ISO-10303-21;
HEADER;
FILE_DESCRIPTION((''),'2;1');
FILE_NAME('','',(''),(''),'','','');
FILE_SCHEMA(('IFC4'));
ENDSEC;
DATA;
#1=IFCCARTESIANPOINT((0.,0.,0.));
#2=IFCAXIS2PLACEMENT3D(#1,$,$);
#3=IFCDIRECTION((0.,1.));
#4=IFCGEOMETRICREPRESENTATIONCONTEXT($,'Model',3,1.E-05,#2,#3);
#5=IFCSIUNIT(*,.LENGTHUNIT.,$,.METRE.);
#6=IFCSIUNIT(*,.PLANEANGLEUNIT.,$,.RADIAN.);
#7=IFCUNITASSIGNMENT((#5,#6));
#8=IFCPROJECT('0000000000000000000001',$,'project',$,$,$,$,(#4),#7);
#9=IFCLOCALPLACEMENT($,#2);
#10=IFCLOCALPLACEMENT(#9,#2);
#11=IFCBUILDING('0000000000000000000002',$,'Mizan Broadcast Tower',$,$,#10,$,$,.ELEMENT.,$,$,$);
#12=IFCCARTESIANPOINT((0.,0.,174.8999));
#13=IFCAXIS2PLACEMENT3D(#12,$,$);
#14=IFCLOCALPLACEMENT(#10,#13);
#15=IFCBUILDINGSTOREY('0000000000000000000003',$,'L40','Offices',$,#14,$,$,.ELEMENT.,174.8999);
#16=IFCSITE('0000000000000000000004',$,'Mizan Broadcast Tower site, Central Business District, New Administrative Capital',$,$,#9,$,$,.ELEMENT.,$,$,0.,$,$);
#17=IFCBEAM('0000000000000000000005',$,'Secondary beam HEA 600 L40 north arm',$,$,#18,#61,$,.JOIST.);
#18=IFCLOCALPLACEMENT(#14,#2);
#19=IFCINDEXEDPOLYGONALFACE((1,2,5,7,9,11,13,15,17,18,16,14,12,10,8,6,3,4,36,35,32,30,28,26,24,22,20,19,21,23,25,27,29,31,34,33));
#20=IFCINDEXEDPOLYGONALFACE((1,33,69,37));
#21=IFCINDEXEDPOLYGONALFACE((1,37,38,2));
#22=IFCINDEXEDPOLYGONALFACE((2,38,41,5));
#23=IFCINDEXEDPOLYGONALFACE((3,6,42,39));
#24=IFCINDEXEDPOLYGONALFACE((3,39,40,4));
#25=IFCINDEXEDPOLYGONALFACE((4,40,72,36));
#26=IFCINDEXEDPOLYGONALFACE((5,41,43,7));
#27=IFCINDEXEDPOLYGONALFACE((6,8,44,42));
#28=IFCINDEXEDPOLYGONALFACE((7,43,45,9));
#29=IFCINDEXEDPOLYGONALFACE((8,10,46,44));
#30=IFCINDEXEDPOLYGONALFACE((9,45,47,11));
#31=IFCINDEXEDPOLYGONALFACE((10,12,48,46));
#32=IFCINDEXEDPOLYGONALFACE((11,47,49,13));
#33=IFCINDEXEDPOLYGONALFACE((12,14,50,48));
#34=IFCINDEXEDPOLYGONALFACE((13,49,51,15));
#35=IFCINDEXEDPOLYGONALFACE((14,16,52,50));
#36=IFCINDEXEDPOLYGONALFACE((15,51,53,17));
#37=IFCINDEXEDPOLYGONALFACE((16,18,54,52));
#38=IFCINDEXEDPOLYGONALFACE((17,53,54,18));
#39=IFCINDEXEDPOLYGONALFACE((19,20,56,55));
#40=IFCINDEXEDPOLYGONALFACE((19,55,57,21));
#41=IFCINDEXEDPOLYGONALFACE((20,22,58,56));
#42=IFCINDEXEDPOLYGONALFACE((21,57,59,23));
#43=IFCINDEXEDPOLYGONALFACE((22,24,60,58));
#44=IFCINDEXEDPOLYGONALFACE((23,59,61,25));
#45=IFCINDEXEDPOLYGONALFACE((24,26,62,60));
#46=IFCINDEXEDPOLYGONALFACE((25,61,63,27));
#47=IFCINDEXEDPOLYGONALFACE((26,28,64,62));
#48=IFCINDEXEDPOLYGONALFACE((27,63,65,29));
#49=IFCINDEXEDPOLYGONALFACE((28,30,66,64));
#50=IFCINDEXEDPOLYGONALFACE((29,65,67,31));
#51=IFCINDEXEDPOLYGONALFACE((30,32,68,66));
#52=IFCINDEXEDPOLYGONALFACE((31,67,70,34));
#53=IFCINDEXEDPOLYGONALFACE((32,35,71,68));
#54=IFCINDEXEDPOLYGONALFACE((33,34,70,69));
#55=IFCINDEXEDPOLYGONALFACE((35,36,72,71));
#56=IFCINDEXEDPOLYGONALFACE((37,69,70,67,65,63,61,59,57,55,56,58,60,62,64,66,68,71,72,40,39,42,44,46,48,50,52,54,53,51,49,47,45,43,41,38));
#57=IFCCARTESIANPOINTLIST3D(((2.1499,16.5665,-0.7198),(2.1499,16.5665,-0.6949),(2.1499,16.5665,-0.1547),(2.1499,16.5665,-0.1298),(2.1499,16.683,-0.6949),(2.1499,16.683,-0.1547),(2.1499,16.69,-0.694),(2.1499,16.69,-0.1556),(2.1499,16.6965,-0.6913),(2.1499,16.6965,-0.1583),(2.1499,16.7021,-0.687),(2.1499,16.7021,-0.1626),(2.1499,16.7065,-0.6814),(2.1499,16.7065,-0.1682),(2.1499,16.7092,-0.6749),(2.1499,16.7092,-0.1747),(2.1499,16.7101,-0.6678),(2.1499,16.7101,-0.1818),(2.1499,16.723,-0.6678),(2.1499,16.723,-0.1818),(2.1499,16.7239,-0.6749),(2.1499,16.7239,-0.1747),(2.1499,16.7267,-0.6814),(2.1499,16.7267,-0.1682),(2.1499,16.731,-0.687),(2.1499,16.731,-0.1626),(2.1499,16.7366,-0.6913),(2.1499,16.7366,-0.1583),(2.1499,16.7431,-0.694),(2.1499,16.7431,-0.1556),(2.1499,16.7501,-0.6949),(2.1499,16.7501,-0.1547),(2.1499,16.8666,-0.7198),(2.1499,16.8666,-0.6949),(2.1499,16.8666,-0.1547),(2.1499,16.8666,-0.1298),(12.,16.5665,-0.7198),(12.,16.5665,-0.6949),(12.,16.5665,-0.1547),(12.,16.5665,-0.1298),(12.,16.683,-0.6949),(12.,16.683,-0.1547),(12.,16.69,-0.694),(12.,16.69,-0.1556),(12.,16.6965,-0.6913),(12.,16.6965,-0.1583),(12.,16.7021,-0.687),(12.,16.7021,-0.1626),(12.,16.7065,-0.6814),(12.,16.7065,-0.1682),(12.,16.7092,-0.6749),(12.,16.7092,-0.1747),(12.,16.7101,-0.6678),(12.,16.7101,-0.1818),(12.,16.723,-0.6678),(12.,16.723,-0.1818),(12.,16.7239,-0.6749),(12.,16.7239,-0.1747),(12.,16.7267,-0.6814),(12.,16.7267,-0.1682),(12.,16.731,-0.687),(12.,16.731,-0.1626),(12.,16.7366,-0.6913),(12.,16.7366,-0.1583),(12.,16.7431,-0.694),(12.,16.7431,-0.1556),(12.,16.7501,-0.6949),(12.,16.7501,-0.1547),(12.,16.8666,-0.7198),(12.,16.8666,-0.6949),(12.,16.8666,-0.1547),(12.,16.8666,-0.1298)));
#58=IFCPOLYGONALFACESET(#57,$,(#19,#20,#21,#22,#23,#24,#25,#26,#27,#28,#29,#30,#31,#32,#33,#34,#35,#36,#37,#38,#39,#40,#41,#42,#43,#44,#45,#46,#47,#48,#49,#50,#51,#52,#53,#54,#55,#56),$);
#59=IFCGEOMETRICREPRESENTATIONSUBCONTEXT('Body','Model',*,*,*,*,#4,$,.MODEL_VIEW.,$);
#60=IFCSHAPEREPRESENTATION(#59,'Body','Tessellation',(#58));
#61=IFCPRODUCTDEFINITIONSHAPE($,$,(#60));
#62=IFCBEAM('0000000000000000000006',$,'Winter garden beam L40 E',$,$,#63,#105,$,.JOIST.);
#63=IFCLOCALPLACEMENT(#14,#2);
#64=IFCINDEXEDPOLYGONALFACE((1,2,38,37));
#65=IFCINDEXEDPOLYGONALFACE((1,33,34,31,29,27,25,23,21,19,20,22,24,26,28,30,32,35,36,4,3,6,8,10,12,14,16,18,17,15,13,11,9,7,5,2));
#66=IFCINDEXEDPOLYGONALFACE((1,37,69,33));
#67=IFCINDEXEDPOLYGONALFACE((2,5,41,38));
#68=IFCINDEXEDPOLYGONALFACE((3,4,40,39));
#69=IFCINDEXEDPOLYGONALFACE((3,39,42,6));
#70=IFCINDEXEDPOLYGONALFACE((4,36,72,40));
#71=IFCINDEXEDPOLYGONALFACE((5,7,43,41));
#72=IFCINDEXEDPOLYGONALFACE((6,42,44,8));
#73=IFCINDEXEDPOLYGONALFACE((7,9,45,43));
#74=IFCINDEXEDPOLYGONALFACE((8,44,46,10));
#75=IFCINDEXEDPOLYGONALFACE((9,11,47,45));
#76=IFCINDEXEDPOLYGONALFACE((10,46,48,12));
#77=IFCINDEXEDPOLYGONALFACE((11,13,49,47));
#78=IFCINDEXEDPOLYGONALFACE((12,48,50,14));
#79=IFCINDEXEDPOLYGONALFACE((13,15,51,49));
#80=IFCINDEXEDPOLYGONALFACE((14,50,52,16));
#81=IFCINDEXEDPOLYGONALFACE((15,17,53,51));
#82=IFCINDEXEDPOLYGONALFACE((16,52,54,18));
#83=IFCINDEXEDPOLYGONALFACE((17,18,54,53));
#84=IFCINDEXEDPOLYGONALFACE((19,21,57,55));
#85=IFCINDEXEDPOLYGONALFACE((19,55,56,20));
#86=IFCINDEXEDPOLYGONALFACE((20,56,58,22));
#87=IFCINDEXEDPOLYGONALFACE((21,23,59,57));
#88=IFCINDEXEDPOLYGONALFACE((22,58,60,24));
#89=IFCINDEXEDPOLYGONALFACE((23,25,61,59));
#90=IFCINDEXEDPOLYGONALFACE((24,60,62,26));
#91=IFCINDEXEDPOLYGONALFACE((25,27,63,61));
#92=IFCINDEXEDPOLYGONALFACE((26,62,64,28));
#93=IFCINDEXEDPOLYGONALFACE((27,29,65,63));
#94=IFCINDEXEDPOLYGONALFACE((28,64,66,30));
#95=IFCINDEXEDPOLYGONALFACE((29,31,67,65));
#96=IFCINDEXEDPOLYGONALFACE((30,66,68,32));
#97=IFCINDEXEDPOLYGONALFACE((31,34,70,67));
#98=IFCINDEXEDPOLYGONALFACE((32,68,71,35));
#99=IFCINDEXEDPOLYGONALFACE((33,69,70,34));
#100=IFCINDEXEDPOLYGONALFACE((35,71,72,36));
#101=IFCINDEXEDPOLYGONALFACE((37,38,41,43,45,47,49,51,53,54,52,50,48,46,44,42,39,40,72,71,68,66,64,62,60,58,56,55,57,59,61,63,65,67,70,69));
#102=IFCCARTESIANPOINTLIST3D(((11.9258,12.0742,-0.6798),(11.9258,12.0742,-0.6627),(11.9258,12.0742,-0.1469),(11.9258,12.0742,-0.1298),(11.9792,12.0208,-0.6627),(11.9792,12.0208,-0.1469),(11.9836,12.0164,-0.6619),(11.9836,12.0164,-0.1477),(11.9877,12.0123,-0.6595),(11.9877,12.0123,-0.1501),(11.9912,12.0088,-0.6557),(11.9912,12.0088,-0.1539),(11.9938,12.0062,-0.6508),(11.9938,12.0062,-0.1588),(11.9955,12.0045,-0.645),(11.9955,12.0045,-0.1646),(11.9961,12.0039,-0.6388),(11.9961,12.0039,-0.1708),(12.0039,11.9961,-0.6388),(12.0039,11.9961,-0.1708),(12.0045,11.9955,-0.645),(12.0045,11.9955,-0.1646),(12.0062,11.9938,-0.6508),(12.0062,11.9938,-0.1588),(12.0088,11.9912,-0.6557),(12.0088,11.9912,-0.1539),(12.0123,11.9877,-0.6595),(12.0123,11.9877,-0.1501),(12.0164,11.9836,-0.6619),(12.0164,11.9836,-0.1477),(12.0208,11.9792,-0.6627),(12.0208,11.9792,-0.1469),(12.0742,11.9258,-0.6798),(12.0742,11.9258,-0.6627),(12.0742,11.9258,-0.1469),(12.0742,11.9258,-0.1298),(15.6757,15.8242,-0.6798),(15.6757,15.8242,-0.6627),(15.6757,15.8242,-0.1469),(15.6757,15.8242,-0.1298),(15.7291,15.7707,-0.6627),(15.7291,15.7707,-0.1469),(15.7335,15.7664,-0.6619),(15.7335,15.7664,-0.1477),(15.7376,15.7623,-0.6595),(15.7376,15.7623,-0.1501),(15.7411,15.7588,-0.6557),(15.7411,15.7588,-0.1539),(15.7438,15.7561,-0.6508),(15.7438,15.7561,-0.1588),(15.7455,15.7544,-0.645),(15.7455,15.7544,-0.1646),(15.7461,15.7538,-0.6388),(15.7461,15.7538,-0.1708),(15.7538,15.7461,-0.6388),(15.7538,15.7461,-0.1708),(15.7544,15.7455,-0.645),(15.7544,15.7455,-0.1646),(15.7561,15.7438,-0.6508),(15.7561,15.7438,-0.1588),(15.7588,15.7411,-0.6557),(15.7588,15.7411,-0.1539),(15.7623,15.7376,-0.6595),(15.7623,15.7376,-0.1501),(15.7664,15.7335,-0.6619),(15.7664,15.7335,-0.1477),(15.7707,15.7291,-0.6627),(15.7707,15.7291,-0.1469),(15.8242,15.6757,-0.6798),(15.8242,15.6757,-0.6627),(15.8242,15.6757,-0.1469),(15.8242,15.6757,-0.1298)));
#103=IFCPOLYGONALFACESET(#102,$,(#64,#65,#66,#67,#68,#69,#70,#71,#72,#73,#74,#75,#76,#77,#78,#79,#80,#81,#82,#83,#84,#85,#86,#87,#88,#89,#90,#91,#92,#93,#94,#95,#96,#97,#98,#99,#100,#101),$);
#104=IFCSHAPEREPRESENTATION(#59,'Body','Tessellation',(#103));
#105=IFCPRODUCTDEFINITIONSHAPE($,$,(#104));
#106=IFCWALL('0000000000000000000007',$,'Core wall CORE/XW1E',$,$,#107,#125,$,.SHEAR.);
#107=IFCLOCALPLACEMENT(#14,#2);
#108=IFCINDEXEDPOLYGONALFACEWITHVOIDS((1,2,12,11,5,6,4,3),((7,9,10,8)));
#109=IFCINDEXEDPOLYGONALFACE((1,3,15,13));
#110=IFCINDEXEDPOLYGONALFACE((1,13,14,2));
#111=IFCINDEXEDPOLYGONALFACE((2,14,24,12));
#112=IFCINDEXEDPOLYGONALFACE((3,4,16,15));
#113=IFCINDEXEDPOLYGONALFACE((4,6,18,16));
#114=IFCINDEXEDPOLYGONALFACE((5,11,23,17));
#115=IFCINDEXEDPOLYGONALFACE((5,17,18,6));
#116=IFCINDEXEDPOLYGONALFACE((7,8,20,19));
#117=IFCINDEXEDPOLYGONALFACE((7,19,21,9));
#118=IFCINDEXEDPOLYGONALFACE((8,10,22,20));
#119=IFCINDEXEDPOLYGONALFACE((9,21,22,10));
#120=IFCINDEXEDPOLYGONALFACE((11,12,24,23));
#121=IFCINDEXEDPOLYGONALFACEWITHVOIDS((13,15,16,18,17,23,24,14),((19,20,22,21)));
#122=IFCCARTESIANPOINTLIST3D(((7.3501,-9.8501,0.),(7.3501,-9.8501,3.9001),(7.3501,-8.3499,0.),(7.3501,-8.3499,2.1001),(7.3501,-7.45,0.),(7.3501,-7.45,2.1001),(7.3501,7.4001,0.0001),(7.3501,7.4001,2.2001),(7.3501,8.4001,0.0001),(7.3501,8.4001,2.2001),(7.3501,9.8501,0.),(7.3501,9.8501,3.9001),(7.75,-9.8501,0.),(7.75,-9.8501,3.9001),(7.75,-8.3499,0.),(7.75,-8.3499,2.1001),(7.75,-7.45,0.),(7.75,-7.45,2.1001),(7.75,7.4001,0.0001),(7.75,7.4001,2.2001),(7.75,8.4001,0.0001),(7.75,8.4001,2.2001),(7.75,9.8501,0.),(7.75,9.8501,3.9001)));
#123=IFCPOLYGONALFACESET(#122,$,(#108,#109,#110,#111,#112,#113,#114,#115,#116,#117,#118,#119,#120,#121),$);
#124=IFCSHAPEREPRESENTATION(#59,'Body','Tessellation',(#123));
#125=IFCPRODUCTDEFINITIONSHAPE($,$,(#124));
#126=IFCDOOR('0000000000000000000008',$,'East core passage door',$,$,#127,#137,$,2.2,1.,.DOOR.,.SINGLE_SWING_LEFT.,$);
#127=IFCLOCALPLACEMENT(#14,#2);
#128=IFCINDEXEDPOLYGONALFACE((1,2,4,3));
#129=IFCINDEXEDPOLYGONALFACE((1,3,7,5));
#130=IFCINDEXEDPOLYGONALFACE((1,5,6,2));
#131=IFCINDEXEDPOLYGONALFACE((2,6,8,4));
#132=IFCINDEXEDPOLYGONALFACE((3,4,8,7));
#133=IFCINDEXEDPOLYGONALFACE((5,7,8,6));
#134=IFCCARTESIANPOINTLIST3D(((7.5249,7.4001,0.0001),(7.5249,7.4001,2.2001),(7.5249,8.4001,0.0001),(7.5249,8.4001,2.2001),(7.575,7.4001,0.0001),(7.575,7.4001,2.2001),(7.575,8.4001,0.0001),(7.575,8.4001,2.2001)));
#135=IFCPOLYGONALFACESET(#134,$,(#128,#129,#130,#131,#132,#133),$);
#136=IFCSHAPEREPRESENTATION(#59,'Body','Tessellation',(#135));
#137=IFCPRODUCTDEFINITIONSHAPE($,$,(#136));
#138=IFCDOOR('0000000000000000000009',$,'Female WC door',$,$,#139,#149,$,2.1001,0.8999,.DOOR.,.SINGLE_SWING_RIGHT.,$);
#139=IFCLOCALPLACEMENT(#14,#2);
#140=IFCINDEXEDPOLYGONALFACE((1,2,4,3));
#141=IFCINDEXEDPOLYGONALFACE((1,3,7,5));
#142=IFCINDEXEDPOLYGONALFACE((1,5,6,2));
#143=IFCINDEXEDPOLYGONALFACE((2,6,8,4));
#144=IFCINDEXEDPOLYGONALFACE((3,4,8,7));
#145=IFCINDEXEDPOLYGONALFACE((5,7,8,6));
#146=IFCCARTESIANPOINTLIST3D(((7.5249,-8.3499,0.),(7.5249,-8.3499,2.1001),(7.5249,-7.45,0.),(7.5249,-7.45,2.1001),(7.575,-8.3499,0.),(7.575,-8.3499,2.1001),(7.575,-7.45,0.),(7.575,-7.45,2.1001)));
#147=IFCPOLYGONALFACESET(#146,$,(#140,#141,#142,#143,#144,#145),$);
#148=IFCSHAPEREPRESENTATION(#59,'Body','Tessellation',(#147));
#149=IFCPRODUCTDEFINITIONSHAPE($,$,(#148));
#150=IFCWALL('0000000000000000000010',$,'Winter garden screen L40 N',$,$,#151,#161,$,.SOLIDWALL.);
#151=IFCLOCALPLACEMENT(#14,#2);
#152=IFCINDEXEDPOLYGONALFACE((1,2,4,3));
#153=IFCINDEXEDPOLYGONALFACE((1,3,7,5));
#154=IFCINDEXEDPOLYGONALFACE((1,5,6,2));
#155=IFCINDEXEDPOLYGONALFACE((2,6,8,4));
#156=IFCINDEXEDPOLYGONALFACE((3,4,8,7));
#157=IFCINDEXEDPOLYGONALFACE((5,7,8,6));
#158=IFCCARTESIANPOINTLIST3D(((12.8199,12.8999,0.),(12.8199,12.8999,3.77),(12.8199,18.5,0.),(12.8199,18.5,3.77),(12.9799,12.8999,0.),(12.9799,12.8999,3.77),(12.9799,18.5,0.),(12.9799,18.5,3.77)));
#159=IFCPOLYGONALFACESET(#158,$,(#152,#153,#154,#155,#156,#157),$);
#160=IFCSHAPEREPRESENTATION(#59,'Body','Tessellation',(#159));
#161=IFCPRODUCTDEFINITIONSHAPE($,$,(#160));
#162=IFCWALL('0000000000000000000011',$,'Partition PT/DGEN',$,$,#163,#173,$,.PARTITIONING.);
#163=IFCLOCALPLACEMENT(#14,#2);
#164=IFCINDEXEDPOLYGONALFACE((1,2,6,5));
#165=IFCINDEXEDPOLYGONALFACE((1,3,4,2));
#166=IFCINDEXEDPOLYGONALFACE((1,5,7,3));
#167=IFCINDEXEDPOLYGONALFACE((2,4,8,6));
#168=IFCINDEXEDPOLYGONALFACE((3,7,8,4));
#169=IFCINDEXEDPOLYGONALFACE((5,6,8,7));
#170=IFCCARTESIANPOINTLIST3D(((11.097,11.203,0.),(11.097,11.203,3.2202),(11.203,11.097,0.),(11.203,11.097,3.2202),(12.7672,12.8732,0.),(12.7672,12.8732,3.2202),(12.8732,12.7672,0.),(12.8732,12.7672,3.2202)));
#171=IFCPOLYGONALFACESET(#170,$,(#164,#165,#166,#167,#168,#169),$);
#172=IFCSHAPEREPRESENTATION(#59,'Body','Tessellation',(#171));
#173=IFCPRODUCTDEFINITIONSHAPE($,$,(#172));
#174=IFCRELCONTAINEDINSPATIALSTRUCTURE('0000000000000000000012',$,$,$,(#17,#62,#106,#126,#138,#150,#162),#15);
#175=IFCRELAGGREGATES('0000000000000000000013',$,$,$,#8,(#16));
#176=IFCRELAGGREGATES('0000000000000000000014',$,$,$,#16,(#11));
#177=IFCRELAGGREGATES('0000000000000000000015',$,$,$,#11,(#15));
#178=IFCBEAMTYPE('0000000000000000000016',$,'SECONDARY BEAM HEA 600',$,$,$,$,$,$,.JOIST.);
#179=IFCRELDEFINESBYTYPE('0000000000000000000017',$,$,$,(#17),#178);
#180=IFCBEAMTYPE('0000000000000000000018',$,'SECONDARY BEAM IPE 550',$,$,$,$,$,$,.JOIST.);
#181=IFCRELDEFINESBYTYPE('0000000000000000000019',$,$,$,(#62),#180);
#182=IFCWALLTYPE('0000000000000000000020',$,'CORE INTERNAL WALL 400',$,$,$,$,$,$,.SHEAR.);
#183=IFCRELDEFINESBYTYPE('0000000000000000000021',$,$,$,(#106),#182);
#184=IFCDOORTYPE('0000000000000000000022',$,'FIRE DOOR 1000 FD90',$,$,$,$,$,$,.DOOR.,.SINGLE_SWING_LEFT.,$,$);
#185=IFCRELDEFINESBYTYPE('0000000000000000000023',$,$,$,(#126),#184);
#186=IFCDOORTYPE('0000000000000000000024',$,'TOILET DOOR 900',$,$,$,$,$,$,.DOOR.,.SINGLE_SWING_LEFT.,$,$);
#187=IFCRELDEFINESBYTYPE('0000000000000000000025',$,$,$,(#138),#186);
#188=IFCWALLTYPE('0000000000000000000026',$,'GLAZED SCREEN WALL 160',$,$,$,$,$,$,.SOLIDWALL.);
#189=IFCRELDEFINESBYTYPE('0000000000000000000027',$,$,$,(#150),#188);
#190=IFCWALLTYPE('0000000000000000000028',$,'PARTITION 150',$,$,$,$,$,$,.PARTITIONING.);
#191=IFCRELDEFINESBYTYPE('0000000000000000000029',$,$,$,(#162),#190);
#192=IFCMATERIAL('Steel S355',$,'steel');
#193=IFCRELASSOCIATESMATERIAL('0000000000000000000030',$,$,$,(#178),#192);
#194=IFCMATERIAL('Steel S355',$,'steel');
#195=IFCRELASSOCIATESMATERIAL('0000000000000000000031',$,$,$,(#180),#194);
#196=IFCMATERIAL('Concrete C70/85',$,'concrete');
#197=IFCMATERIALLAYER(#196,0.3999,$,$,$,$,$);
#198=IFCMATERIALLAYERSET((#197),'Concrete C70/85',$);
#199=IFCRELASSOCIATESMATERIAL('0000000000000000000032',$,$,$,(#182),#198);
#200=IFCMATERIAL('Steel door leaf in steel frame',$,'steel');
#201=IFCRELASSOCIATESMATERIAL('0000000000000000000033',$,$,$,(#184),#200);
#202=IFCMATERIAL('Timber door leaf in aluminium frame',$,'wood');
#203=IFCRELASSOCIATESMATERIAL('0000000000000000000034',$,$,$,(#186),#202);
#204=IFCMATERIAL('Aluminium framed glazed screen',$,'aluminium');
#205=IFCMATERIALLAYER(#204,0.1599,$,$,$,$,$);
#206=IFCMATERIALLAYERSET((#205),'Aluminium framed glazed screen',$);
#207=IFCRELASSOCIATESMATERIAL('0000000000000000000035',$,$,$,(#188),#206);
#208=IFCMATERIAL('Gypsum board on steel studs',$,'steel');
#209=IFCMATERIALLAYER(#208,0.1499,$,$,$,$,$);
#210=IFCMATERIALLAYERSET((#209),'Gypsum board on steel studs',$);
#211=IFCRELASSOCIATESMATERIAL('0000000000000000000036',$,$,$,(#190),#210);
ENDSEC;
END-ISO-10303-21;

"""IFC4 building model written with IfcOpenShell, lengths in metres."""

from ifc_helpers import new_model, si_unit, direction, frame, frame_2d, origin, origin_2d, place, context, subcontext, project, spatial, rectangle, i_section, extrude, material, layer, layer_set, material_profile, profile_set, type_object, element, fill, save


model = new_model("IFC4")

# Units and contexts
model_context = context("Model", 3, precision=1e-05, world=origin(), true_north=direction((0.0, 1.0)))
body_context = subcontext(model_context, "Body", "Model", "MODEL_VIEW")
ifc_project = project(units=[si_unit("LENGTHUNIT", "METRE"), si_unit("PLANEANGLEUNIT", "RADIAN")], contexts=[model_context])

# Site, building, storey
site_placement = place(None, origin())
site = spatial("IfcSite", under=ifc_project, at=site_placement, Name="Mizan Broadcast Tower site, Central Business District, New Administrative Capital", CompositionType="ELEMENT", RefElevation=0.0)
building_placement = place(site_placement, origin())
building = spatial("IfcBuilding", under=site, at=building_placement, Name="Mizan Broadcast Tower", CompositionType="ELEMENT")
storey_placement = place(building_placement, frame((0.0, 0.0, 174.8999)))
storey = spatial("IfcBuildingStorey", under=building, at=storey_placement, Name="L40", Description="Offices", CompositionType="ELEMENT", Elevation=174.8999)

# Beams
ifc_material_1 = material(Name="Steel S355", Category="steel")
ifc_material_profile_1 = material_profile(ifc_material_1, i_section(OverallWidth=0.3, OverallDepth=0.5901, WebThickness=0.0129, FlangeThickness=0.0249, FilletRadius=0.0271, at=origin_2d()), Name="HEA 600")
ifc_profile_set_1 = profile_set([ifc_material_profile_1], Name="Steel S355")
beam_type_1 = type_object("IfcBeamType", Name="SECONDARY BEAM HEA 600", PredefinedType="JOIST", material=ifc_profile_set_1)
for number, where, z_axis, x_axis, name in (
    (1, (12.0, 16.7166, -0.4248), (-1.0, 0.0, 0.0), (0.0, -1.0, 0.0), "Secondary beam HEA 600 L40 north arm"),
):
    element("IfcBeam", number, at=place(storey_placement, frame(where, z_axis=z_axis, x_axis=x_axis)), inside=storey, type_object=beam_type_1, Name=name, PredefinedType="JOIST", context=body_context, shape_type="SweptSolid", body=[
        extrude(i_section(OverallWidth=0.3, OverallDepth=0.5901, WebThickness=0.0129, FlangeThickness=0.0249, FilletRadius=0.0271, at=origin_2d()), origin(), (0.0, 0.0, 1.0), 9.8501),
    ])
ifc_material_2 = material(Name="Steel S355", Category="steel")
ifc_material_profile_2 = material_profile(ifc_material_2, i_section(OverallWidth=0.21, OverallDepth=0.55, WebThickness=0.011, FlangeThickness=0.0171, FilletRadius=0.0239, at=origin_2d()), Name="IPE 550")
ifc_profile_set_2 = profile_set([ifc_material_profile_2], Name="Steel S355")
beam_type_2 = type_object("IfcBeamType", Name="SECONDARY BEAM IPE 550", PredefinedType="JOIST", material=ifc_profile_set_2)
beam_1_placement = place(storey_placement, frame((12.0, 12.0, -0.4048), z_axis=(0.707107, 0.707107, 0.0), x_axis=(-0.707107, 0.707107, 0.0)))
element("IfcBeam", 2, at=beam_1_placement, inside=storey, type_object=beam_type_2, Name="Winter garden beam L40 E", PredefinedType="JOIST", context=body_context, shape_type="SweptSolid", body=[
    extrude(i_section(OverallWidth=0.21, OverallDepth=0.55, WebThickness=0.011, FlangeThickness=0.0171, FilletRadius=0.0239, at=origin_2d()), origin(), (0.0, 0.0, 1.0), 5.3032),
])

# Wall, openings, doors
ifc_material_3 = material(Name="Concrete C70/85", Category="concrete")
ifc_layer_1 = layer(ifc_material_3, 0.3999)
ifc_layer_set_1 = layer_set([ifc_layer_1], Name="Concrete C70/85")
wall_type_1 = type_object("IfcWallType", Name="CORE INTERNAL WALL 400", PredefinedType="SHEAR", material=ifc_layer_set_1)
wall_1_placement = place(storey_placement, frame((7.55, 9.8501, 0.0), z_axis=(0.0, 0.0, 1.0), x_axis=(0.0, -1.0, 0.0)))
wall_1 = element("IfcWall", 3, at=wall_1_placement, inside=storey, type_object=wall_type_1, Name="Core wall CORE/XW1E", PredefinedType="SHEAR", context=body_context, shape_type="SweptSolid", body=[
    extrude(rectangle(XDim=19.7002, YDim=0.3999, at=frame_2d((9.8501, 0.0))), origin(), (0.0, 0.0, 1.0), 3.9001),
])
opening_1_placement = place(wall_1_placement, frame((1.45, 0.0, 0.0)))
opening_1 = element("IfcOpeningElement", 4, at=opening_1_placement, cuts=wall_1, PredefinedType="OPENING", context=body_context, shape_type="SweptSolid", body=[
    extrude(rectangle(XDim=1.0, YDim=2.2, at=frame_2d((0.5, 1.1001))), frame((0.0, 0.21, 0.0), z_axis=(0.0, -1.0, 0.0), x_axis=(1.0, 0.0, 0.0)), (0.0, 0.0, 1.0), 0.4199),
])
opening_2_placement = place(wall_1_placement, frame((17.3, 0.0, 0.0)))
opening_2 = element("IfcOpeningElement", 5, at=opening_2_placement, cuts=wall_1, PredefinedType="OPENING", context=body_context, shape_type="SweptSolid", body=[
    extrude(rectangle(XDim=0.8999, YDim=2.1001, at=frame_2d((0.45, 1.05))), frame((0.0, 0.21, 0.0), z_axis=(0.0, -1.0, 0.0), x_axis=(1.0, 0.0, 0.0)), (0.0, 0.0, 1.0), 0.4199),
])
ifc_material_4 = material(Name="Steel door leaf in steel frame", Category="steel")
door_type_1 = type_object("IfcDoorType", Name="FIRE DOOR 1000 FD90", OperationType="SINGLE_SWING_LEFT", PredefinedType="DOOR", material=ifc_material_4)
door_1_placement = place(opening_1_placement, origin())
door_1 = element("IfcDoor", 6, at=door_1_placement, inside=storey, type_object=door_type_1, Name="East core passage door", OperationType="SINGLE_SWING_LEFT", OverallHeight=2.2, OverallWidth=1.0, PredefinedType="DOOR", context=body_context, shape_type="SweptSolid", body=[
    extrude(rectangle(XDim=1.0, YDim=2.2, at=frame_2d((0.5, 1.1001))), frame((0.0, 0.0249, 0.0), z_axis=(0.0, -1.0, 0.0), x_axis=(1.0, 0.0, 0.0)), (0.0, 0.0, 1.0), 0.05),
])
fill(opening_1, door_1)
ifc_material_5 = material(Name="Timber door leaf in aluminium frame", Category="wood")
door_type_2 = type_object("IfcDoorType", Name="TOILET DOOR 900", OperationType="SINGLE_SWING_LEFT", PredefinedType="DOOR", material=ifc_material_5)
door_2_placement = place(opening_2_placement, origin())
door_2 = element("IfcDoor", 7, at=door_2_placement, inside=storey, type_object=door_type_2, Name="Female WC door", OperationType="SINGLE_SWING_RIGHT", OverallHeight=2.1001, OverallWidth=0.8999, PredefinedType="DOOR", context=body_context, shape_type="SweptSolid", body=[
    extrude(rectangle(XDim=0.8999, YDim=2.1001, at=frame_2d((0.45, 1.05))), frame((0.0, 0.0249, 0.0), z_axis=(0.0, -1.0, 0.0), x_axis=(1.0, 0.0, 0.0)), (0.0, 0.0, 1.0), 0.05),
])
fill(opening_2, door_2)

# Walls
ifc_material_6 = material(Name="Aluminium framed glazed screen", Category="aluminium")
ifc_layer_2 = layer(ifc_material_6, 0.1599)
ifc_layer_set_2 = layer_set([ifc_layer_2], Name="Aluminium framed glazed screen")
wall_type_2 = type_object("IfcWallType", Name="GLAZED SCREEN WALL 160", PredefinedType="SOLIDWALL", material=ifc_layer_set_2)
wall_2_placement = place(storey_placement, frame((12.8999, 12.8999, 0.0), z_axis=(0.0, 0.0, 1.0), x_axis=(0.0, 1.0, 0.0)))
element("IfcWall", 8, at=wall_2_placement, inside=storey, type_object=wall_type_2, Name="Winter garden screen L40 N", PredefinedType="SOLIDWALL", context=body_context, shape_type="SweptSolid", body=[
    extrude(rectangle(XDim=5.6001, YDim=0.1599, at=frame_2d((2.8, 0.0))), origin(), (0.0, 0.0, 1.0), 3.77),
])
ifc_material_7 = material(Name="Gypsum board on steel studs", Category="steel")
ifc_layer_3 = layer(ifc_material_7, 0.1499)
ifc_layer_set_3 = layer_set([ifc_layer_3], Name="Gypsum board on steel studs")
wall_type_3 = type_object("IfcWallType", Name="PARTITION 150", PredefinedType="PARTITIONING", material=ifc_layer_set_3)
wall_3_placement = place(storey_placement, frame((11.1499, 11.1499, 0.0), z_axis=(0.0, 0.0, 1.0), x_axis=(0.707107, 0.707107, 0.0)))
element("IfcWall", 9, at=wall_3_placement, inside=storey, type_object=wall_type_3, Name="Partition PT/DGEN", PredefinedType="PARTITIONING", context=body_context, shape_type="SweptSolid", body=[
    extrude(rectangle(XDim=2.3621, YDim=0.1499, at=frame_2d((1.1812, 0.0))), origin(), (0.0, 0.0, 1.0), 3.2202),
])

save(model, "model.ifc")
